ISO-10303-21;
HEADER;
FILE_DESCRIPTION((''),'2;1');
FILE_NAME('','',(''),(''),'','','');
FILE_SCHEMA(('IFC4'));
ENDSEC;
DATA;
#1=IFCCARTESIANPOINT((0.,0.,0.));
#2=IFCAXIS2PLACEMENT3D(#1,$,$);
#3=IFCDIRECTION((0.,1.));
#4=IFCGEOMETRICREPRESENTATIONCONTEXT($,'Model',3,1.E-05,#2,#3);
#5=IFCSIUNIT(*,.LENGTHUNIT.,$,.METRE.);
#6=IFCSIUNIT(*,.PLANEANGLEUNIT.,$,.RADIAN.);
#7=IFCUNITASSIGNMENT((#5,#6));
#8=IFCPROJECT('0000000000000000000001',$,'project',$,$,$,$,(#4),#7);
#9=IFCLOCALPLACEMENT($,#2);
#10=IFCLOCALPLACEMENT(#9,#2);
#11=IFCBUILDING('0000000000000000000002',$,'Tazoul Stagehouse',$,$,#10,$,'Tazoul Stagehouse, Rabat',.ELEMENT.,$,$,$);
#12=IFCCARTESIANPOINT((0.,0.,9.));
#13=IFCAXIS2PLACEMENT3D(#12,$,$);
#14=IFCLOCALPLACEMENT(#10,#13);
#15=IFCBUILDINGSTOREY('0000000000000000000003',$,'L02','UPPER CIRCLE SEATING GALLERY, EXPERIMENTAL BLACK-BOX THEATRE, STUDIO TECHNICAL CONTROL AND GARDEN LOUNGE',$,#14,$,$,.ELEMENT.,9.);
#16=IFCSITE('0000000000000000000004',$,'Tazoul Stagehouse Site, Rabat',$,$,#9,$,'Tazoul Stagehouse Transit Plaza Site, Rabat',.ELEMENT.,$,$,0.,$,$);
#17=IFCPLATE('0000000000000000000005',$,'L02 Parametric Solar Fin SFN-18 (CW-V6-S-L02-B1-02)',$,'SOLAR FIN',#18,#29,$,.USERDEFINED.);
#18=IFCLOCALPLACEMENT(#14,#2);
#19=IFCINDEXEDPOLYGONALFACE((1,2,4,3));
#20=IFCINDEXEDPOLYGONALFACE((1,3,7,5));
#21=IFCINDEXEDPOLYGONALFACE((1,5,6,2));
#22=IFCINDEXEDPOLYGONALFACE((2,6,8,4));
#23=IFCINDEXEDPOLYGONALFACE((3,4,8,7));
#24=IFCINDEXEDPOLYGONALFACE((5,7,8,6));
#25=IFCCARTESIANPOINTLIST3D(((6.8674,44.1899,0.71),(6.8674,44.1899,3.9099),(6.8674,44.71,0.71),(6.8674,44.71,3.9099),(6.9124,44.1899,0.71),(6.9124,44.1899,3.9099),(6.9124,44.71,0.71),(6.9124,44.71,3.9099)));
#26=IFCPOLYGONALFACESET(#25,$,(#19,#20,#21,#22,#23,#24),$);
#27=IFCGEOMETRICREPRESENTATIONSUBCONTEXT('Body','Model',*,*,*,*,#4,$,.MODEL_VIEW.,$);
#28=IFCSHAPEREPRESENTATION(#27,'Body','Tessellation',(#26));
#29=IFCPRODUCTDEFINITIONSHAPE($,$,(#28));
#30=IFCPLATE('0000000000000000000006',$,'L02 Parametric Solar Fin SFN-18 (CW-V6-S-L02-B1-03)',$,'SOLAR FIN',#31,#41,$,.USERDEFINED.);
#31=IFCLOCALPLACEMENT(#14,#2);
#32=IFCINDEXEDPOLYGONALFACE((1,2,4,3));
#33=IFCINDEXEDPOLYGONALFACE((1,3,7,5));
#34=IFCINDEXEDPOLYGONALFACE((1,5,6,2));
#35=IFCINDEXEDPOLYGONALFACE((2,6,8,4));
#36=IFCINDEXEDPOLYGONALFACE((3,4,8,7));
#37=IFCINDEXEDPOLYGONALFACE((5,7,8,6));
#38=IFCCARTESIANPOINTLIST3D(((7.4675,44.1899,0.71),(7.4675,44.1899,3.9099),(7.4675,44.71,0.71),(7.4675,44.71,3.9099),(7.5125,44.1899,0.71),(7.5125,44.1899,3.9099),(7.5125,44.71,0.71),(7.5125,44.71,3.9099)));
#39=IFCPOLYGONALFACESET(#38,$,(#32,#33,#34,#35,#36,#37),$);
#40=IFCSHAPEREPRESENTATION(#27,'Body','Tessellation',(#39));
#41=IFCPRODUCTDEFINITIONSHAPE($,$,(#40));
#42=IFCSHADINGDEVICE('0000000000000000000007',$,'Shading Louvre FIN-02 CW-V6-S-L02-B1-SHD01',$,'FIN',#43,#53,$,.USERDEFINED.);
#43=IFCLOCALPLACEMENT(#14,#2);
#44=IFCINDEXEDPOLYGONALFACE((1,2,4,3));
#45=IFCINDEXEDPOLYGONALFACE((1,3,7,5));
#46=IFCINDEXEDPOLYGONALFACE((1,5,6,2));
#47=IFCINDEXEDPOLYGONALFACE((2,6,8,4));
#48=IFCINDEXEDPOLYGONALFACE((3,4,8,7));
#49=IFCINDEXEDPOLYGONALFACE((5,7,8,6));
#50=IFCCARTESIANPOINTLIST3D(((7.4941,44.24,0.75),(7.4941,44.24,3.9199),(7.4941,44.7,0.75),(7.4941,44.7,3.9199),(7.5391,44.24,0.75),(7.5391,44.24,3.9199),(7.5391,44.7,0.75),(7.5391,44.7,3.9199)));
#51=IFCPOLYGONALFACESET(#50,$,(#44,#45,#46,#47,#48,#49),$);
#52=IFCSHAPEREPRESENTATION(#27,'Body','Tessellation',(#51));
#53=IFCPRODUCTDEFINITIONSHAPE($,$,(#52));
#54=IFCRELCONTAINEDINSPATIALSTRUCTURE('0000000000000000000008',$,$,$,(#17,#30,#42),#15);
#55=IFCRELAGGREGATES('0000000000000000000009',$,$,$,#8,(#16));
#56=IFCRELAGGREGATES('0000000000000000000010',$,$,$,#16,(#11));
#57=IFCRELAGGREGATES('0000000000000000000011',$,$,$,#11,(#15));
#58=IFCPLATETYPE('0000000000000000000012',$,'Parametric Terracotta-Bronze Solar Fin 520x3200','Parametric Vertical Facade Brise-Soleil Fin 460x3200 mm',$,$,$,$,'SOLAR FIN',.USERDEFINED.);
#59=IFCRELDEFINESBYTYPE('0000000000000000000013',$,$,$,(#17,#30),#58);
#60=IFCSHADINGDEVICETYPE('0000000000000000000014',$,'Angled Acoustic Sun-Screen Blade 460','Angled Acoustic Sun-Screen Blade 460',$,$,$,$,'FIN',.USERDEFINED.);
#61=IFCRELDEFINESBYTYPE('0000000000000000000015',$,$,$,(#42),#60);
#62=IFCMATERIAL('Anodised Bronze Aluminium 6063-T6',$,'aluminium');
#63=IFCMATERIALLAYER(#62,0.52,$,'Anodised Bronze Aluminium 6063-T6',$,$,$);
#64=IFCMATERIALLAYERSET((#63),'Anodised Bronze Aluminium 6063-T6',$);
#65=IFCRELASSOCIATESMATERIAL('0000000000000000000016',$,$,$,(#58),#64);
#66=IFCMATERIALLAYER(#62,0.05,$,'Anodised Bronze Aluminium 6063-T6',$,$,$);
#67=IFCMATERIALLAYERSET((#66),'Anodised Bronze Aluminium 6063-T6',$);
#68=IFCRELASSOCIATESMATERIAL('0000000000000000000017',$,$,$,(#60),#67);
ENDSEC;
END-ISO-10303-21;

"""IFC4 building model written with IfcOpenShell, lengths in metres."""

from ifc_helpers import new_model, si_unit, direction, frame, origin, origin_2d, place, context, subcontext, project, spatial, rectangle, extrude, material, layer, layer_set, type_object, element, save


model = new_model("IFC4")

# Units and contexts
model_context = context("Model", 3, precision=1e-05, world=origin(), true_north=direction((0.0, 1.0)))
body_context = subcontext(model_context, "Body", "Model", "MODEL_VIEW")
ifc_project = project(units=[si_unit("LENGTHUNIT", "METRE"), si_unit("PLANEANGLEUNIT", "RADIAN")], contexts=[model_context])

# Site, building, storey
site_placement = place(None, origin())
site = spatial("IfcSite", under=ifc_project, at=site_placement, Name="Tazoul Stagehouse Site, Rabat", LongName="Tazoul Stagehouse Transit Plaza Site, Rabat", CompositionType="ELEMENT", RefElevation=0.0)
building_placement = place(site_placement, origin())
building = spatial("IfcBuilding", under=site, at=building_placement, Name="Tazoul Stagehouse", LongName="Tazoul Stagehouse, Rabat", CompositionType="ELEMENT")
storey_placement = place(building_placement, frame((0.0, 0.0, 9.0)))
storey = spatial("IfcBuildingStorey", under=building, at=storey_placement, Name="L02", Description="UPPER CIRCLE SEATING GALLERY, EXPERIMENTAL BLACK-BOX THEATRE, STUDIO TECHNICAL CONTROL AND GARDEN LOUNGE", CompositionType="ELEMENT", Elevation=9.0)

# Plates
ifc_material = material(Name="Anodised Bronze Aluminium 6063-T6", Category="aluminium")
ifc_layer_1 = layer(ifc_material, 0.52, Name="Anodised Bronze Aluminium 6063-T6")
ifc_layer_set_1 = layer_set([ifc_layer_1], Name="Anodised Bronze Aluminium 6063-T6")
plate_type = type_object("IfcPlateType", Name="Parametric Terracotta-Bronze Solar Fin 520x3200", Description="Parametric Vertical Facade Brise-Soleil Fin 460x3200 mm", ElementType="SOLAR FIN", PredefinedType="USERDEFINED", material=ifc_layer_set_1)
for number, where, z_axis, x_axis, name in (
    (1, (6.8899, 44.45, 0.71), (0.0, 0.0, 1.0), (1.0, 0.0, 0.0), "L02 Parametric Solar Fin SFN-18 (CW-V6-S-L02-B1-02)"),
    (2, (7.49, 44.45, 0.71), (0.0, 0.0, 1.0), (1.0, 0.0, 0.0), "L02 Parametric Solar Fin SFN-18 (CW-V6-S-L02-B1-03)"),
):
    element("IfcPlate", number, at=place(storey_placement, frame(where, z_axis=z_axis, x_axis=x_axis)), inside=storey, type_object=plate_type, Name=name, ObjectType="SOLAR FIN", PredefinedType="USERDEFINED", context=body_context, shape_type="SweptSolid", body=[
        extrude(rectangle(XDim=0.0449, YDim=0.52, at=origin_2d()), origin(), (0.0, 0.0, 1.0), 3.2),
    ])

# Shading device
ifc_layer_2 = layer(ifc_material, 0.05, Name="Anodised Bronze Aluminium 6063-T6")
ifc_layer_set_2 = layer_set([ifc_layer_2], Name="Anodised Bronze Aluminium 6063-T6")
shading_device_type = type_object("IfcShadingDeviceType", Name="Angled Acoustic Sun-Screen Blade 460", Description="Angled Acoustic Sun-Screen Blade 460", ElementType="FIN", PredefinedType="USERDEFINED", material=ifc_layer_set_2)
shading_device_placement = place(storey_placement, frame((7.5166, 44.47, 0.75), z_axis=(0.0, 0.0, 1.0), x_axis=(1.0, 0.0, 0.0)))
element("IfcShadingDevice", 3, at=shading_device_placement, inside=storey, type_object=shading_device_type, Name="Shading Louvre FIN-02 CW-V6-S-L02-B1-SHD01", ObjectType="FIN", PredefinedType="USERDEFINED", context=body_context, shape_type="SweptSolid", body=[
    extrude(rectangle(XDim=0.0449, YDim=0.46, at=origin_2d()), origin(), (0.0, 0.0, 1.0), 3.1699),
])

save(model, "model.ifc")
